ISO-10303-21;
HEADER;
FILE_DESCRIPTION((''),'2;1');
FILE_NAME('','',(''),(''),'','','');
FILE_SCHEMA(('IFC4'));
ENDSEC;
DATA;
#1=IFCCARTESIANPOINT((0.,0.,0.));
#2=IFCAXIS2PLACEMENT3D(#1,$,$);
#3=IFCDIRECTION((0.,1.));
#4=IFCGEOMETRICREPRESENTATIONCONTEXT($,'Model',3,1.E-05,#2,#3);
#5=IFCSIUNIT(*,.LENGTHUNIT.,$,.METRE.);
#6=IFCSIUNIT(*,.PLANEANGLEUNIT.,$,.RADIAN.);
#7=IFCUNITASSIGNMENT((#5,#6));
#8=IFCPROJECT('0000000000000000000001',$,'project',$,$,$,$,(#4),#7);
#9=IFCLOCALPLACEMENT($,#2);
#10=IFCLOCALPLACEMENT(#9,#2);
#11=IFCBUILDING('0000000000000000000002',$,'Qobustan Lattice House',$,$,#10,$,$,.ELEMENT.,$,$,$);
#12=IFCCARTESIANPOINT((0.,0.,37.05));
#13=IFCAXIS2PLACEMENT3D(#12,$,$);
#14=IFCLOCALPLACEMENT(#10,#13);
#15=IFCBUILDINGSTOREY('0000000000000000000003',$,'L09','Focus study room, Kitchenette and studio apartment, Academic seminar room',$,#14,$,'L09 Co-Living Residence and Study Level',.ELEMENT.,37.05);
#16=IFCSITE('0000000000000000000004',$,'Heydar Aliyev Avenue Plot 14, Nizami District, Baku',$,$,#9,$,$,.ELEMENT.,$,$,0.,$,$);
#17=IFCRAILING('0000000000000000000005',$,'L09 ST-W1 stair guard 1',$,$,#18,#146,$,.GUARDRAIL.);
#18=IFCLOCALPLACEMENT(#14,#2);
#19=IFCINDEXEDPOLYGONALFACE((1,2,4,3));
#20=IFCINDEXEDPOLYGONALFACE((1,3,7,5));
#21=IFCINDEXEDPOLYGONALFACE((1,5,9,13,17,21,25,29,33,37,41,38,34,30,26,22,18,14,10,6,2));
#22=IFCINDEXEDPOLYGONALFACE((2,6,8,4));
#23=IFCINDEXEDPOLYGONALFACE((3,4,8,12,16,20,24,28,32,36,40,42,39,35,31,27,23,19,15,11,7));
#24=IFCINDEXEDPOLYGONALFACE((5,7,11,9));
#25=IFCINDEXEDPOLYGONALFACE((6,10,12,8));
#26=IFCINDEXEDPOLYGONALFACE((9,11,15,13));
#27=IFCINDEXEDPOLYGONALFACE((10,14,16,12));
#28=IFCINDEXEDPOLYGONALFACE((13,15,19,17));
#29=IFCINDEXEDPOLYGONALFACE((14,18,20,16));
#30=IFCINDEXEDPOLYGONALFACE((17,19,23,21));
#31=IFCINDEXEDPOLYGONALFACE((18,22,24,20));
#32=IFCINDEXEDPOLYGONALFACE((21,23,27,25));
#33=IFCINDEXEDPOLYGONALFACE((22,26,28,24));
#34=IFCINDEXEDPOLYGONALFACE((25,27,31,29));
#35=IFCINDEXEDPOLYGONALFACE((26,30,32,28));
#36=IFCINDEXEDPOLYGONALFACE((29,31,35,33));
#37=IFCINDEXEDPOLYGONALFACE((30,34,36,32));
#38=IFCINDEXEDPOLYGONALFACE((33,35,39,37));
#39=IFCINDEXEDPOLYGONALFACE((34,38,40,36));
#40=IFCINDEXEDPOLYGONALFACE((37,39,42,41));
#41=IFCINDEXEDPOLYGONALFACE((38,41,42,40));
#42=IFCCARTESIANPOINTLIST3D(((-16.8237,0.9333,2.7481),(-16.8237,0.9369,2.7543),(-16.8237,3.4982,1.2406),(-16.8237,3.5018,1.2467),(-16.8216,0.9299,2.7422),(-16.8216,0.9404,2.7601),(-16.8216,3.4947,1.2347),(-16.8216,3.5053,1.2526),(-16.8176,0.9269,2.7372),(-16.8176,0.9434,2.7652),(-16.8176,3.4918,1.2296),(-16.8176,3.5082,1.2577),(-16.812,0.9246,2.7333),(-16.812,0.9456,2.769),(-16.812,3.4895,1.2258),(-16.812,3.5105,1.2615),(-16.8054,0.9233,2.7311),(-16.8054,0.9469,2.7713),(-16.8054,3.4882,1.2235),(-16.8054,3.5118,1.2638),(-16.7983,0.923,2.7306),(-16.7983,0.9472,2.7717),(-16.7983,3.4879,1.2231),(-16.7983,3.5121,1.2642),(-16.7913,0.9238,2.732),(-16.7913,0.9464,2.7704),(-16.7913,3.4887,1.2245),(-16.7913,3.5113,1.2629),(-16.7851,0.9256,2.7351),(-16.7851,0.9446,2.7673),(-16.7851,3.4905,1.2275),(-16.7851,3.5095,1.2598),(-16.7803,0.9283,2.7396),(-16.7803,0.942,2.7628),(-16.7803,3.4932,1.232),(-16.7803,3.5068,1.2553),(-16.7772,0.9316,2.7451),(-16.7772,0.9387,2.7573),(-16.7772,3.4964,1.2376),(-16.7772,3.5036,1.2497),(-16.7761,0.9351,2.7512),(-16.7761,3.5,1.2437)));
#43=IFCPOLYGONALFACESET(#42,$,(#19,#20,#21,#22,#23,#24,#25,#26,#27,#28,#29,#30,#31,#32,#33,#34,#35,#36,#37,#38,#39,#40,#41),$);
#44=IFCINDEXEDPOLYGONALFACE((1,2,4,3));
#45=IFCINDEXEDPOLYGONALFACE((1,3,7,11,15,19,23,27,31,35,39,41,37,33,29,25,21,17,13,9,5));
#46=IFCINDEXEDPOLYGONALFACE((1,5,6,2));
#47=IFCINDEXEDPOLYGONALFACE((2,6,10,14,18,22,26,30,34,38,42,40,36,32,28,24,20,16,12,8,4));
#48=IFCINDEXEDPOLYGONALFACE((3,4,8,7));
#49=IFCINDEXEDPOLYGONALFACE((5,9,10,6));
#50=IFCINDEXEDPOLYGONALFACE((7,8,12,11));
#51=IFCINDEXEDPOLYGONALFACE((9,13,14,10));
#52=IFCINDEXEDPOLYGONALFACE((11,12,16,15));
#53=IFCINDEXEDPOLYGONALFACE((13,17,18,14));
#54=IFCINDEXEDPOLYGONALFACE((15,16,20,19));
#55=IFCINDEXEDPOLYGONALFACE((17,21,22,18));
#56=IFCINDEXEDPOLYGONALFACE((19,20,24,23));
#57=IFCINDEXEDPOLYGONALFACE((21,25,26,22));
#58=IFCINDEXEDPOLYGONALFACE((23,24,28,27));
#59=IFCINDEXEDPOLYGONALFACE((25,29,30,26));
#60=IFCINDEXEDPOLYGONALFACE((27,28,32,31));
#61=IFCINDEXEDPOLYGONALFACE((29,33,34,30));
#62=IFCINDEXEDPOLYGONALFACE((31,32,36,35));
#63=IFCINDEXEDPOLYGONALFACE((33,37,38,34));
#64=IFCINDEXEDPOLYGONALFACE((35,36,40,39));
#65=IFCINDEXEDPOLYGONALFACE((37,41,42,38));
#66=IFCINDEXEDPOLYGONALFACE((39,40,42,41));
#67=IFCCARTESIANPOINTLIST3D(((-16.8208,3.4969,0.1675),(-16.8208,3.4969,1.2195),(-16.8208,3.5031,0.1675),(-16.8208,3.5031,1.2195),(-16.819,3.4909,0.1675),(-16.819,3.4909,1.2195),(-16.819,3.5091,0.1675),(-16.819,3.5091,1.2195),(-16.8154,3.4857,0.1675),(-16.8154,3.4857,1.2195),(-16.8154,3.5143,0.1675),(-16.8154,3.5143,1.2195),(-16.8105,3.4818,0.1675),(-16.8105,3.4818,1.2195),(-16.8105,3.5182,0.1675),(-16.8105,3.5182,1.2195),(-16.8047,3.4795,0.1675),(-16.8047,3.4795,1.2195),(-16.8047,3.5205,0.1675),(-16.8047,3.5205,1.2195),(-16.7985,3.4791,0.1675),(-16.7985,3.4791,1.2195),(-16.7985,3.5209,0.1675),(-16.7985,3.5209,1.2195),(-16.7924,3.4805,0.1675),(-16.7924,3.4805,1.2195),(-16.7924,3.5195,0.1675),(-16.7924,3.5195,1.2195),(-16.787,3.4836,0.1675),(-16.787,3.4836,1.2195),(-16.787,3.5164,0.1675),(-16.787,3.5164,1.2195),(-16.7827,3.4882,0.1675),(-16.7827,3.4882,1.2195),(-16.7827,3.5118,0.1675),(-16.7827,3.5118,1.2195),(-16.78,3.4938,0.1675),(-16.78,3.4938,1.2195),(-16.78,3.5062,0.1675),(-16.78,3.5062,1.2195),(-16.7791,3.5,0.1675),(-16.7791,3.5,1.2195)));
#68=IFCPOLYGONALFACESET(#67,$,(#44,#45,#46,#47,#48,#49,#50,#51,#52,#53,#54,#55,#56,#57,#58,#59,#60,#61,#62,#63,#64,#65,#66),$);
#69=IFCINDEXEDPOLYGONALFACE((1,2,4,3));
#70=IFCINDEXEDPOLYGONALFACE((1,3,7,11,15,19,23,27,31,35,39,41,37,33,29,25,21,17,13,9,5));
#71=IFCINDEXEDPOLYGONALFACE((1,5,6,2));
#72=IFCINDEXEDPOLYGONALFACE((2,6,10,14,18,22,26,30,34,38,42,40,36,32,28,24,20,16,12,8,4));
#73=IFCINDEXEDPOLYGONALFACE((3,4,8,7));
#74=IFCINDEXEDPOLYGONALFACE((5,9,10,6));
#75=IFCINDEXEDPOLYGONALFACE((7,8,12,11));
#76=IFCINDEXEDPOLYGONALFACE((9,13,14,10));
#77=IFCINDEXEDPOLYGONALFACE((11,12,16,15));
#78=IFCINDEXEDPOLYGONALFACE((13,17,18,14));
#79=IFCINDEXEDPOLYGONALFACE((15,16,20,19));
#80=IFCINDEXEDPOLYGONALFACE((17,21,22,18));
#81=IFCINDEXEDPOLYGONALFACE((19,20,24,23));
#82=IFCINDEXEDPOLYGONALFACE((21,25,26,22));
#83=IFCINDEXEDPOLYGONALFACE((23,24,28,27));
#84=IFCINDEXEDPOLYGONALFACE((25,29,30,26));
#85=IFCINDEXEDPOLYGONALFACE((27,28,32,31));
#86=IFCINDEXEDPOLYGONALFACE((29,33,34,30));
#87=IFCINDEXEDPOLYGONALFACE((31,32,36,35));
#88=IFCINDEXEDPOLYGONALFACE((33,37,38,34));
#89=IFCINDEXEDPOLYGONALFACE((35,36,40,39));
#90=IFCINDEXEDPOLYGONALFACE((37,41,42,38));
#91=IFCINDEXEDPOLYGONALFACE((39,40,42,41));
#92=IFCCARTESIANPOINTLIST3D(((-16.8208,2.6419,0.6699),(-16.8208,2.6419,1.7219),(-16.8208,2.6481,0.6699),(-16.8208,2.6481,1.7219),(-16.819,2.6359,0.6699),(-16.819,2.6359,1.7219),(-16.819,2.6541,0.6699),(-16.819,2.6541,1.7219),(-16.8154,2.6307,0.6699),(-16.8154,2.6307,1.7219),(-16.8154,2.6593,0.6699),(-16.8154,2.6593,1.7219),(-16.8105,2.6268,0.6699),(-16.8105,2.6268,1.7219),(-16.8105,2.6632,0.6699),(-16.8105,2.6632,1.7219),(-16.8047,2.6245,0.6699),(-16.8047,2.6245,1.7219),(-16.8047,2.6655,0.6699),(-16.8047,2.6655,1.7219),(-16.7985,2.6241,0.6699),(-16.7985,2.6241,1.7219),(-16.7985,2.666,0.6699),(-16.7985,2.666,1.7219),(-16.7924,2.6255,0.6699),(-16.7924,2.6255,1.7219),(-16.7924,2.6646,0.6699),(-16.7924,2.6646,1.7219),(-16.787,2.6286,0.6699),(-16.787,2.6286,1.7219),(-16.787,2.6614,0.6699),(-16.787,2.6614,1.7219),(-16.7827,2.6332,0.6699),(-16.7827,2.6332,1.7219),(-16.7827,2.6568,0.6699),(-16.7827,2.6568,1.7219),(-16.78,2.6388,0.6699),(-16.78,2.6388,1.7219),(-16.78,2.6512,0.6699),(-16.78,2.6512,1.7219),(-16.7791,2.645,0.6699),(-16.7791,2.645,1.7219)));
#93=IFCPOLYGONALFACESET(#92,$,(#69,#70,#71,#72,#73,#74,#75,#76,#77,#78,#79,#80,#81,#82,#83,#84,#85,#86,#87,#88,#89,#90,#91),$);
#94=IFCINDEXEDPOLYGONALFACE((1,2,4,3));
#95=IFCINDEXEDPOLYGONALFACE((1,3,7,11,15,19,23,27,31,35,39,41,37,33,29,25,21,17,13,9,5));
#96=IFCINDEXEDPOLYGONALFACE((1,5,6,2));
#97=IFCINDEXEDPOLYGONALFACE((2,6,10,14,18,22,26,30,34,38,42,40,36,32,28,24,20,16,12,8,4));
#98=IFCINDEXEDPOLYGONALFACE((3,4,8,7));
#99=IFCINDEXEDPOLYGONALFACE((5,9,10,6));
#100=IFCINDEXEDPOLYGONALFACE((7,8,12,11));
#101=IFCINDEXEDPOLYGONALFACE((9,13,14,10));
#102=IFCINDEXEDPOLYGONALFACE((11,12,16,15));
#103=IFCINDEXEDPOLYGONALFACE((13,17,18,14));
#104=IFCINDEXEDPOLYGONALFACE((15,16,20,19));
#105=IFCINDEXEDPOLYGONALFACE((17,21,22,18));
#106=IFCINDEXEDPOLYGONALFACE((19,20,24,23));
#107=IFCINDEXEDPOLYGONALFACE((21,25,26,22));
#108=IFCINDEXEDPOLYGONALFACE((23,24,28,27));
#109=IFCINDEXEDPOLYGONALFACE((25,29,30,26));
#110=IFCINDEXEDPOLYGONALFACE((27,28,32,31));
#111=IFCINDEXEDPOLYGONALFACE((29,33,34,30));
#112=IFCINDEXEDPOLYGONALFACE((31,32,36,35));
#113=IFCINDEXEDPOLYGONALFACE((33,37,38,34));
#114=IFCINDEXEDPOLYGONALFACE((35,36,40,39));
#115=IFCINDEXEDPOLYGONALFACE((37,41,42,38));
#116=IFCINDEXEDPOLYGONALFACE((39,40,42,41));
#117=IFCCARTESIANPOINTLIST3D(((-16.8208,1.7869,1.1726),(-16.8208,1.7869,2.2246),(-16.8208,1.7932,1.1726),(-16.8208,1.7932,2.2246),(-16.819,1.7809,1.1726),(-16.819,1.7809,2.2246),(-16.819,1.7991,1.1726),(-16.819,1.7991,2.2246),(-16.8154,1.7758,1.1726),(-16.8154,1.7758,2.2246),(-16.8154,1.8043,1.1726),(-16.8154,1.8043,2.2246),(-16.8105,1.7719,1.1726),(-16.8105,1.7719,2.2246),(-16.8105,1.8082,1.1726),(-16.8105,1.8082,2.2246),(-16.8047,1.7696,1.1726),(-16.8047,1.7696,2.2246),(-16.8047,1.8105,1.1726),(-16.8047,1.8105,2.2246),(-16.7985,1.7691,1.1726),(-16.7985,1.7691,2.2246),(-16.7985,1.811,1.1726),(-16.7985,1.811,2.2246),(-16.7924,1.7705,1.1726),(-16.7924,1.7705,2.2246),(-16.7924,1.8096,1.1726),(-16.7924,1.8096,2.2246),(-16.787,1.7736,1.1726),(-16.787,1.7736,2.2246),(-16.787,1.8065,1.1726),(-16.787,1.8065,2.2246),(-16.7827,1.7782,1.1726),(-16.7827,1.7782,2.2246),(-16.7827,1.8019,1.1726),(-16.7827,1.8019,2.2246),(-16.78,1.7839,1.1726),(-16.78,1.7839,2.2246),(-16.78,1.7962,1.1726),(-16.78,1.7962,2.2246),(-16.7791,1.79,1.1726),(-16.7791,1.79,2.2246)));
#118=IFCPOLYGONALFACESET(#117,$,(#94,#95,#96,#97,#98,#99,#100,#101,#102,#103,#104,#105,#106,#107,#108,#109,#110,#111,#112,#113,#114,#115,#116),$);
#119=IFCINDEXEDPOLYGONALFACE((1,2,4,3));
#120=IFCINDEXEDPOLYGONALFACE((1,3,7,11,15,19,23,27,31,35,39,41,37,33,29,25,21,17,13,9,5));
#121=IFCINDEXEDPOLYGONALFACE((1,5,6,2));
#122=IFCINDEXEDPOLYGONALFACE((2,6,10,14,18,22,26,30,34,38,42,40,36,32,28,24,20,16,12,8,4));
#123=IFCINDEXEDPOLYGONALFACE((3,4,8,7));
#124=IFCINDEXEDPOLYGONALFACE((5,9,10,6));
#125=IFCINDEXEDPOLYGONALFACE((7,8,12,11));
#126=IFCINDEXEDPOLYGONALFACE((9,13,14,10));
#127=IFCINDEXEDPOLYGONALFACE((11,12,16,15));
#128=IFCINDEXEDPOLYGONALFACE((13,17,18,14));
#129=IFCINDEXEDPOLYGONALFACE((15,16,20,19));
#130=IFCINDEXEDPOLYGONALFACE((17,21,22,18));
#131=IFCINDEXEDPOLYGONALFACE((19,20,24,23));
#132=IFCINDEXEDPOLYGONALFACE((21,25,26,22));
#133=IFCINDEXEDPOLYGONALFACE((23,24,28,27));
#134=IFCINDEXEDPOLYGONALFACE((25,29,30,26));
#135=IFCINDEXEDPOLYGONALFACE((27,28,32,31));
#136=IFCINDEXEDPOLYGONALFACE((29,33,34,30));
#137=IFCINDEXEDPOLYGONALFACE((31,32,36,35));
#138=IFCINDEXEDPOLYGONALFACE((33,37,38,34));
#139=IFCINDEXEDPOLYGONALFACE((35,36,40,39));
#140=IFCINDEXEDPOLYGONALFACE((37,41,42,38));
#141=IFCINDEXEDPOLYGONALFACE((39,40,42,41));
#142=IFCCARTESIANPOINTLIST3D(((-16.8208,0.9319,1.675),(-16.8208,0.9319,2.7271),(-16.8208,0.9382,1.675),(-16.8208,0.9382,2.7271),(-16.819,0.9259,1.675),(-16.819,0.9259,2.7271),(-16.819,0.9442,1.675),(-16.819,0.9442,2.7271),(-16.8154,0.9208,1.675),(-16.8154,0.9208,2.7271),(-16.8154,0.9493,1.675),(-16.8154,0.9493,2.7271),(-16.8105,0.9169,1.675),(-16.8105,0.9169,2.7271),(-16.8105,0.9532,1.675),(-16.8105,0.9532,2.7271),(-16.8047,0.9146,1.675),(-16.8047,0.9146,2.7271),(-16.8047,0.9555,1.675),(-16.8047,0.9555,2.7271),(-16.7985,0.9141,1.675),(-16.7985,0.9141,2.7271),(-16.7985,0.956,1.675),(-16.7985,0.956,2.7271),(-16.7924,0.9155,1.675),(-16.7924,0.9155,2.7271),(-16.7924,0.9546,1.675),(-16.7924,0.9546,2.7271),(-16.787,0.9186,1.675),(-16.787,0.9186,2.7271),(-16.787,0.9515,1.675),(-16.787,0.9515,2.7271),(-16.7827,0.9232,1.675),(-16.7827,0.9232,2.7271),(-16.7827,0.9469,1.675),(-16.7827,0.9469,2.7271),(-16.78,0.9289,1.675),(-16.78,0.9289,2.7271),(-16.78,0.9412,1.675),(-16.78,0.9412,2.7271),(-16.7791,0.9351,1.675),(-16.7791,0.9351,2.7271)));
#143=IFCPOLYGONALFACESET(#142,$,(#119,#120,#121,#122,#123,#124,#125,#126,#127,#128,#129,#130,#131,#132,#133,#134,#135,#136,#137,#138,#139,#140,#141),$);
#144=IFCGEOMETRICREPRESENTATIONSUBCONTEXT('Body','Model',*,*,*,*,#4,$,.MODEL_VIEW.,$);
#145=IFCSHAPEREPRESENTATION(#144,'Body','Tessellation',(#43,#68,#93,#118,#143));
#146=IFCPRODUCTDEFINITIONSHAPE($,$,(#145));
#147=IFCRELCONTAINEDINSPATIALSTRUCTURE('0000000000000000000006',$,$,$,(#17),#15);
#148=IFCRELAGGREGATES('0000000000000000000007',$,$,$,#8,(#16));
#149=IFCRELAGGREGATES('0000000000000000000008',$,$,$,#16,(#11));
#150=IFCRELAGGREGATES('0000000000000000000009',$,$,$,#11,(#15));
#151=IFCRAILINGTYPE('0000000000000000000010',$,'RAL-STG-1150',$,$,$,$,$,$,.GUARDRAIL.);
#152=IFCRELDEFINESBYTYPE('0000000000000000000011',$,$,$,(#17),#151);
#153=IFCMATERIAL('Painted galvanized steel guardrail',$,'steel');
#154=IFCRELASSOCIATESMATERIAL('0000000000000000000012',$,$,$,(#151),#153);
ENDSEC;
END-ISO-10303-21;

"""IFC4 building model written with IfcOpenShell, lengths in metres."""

from ifc_helpers import new_model, si_unit, direction, frame, origin, origin_2d, place, context, subcontext, project, spatial, circle, extrude, material, type_object, element, save


model = new_model("IFC4")

# Units and contexts
model_context = context("Model", 3, precision=1e-05, world=origin(), true_north=direction((0.0, 1.0)))
body_context = subcontext(model_context, "Body", "Model", "MODEL_VIEW")
ifc_project = project(units=[si_unit("LENGTHUNIT", "METRE"), si_unit("PLANEANGLEUNIT", "RADIAN")], contexts=[model_context])

# Site, building, storey
site_placement = place(None, origin())
site = spatial("IfcSite", under=ifc_project, at=site_placement, Name="Heydar Aliyev Avenue Plot 14, Nizami District, Baku", CompositionType="ELEMENT", RefElevation=0.0)
building_placement = place(site_placement, origin())
building = spatial("IfcBuilding", under=site, at=building_placement, Name="Qobustan Lattice House", CompositionType="ELEMENT")
storey_placement = place(building_placement, frame((0.0, 0.0, 37.05)))
storey = spatial("IfcBuildingStorey", under=building, at=storey_placement, Name="L09", Description="Focus study room, Kitchenette and studio apartment, Academic seminar room", LongName="L09 Co-Living Residence and Study Level", CompositionType="ELEMENT", Elevation=37.05)

# Railing
ifc_material_1 = material(Name="Painted galvanized steel guardrail", Category="steel")
railing_type_1 = type_object("IfcRailingType", Name="RAL-STG-1150", PredefinedType="GUARDRAIL", material=ifc_material_1)
railing_1_placement = place(storey_placement, frame((-16.8, 3.5, 0.1675)))
element("IfcRailing", 1, at=railing_1_placement, inside=storey, type_object=railing_type_1, Name="L09 ST-W1 stair guard 1", PredefinedType="GUARDRAIL", context=body_context, shape_type="SweptSolid", body=[
    extrude(circle(Radius=0.0239, at=origin_2d()), frame((0.0, 0.0, 1.0762), z_axis=(0.0, -0.862113, 0.506715), x_axis=(1.0, 0.0, 0.0)), (0.0, 0.0, 1.0), 2.9751),
    extrude(circle(Radius=0.021, at=origin_2d()), origin(), (0.0, 0.0, 1.0), 1.052),
    extrude(circle(Radius=0.021, at=origin_2d()), frame((0.0, -0.855, 0.5024)), (0.0, 0.0, 1.0), 1.052),
    extrude(circle(Radius=0.021, at=origin_2d()), frame((0.0, -1.71, 1.0051)), (0.0, 0.0, 1.0), 1.052),
    extrude(circle(Radius=0.021, at=origin_2d()), frame((0.0, -2.5649, 1.5076)), (0.0, 0.0, 1.0), 1.052),
])

save(model, "model.ifc")
